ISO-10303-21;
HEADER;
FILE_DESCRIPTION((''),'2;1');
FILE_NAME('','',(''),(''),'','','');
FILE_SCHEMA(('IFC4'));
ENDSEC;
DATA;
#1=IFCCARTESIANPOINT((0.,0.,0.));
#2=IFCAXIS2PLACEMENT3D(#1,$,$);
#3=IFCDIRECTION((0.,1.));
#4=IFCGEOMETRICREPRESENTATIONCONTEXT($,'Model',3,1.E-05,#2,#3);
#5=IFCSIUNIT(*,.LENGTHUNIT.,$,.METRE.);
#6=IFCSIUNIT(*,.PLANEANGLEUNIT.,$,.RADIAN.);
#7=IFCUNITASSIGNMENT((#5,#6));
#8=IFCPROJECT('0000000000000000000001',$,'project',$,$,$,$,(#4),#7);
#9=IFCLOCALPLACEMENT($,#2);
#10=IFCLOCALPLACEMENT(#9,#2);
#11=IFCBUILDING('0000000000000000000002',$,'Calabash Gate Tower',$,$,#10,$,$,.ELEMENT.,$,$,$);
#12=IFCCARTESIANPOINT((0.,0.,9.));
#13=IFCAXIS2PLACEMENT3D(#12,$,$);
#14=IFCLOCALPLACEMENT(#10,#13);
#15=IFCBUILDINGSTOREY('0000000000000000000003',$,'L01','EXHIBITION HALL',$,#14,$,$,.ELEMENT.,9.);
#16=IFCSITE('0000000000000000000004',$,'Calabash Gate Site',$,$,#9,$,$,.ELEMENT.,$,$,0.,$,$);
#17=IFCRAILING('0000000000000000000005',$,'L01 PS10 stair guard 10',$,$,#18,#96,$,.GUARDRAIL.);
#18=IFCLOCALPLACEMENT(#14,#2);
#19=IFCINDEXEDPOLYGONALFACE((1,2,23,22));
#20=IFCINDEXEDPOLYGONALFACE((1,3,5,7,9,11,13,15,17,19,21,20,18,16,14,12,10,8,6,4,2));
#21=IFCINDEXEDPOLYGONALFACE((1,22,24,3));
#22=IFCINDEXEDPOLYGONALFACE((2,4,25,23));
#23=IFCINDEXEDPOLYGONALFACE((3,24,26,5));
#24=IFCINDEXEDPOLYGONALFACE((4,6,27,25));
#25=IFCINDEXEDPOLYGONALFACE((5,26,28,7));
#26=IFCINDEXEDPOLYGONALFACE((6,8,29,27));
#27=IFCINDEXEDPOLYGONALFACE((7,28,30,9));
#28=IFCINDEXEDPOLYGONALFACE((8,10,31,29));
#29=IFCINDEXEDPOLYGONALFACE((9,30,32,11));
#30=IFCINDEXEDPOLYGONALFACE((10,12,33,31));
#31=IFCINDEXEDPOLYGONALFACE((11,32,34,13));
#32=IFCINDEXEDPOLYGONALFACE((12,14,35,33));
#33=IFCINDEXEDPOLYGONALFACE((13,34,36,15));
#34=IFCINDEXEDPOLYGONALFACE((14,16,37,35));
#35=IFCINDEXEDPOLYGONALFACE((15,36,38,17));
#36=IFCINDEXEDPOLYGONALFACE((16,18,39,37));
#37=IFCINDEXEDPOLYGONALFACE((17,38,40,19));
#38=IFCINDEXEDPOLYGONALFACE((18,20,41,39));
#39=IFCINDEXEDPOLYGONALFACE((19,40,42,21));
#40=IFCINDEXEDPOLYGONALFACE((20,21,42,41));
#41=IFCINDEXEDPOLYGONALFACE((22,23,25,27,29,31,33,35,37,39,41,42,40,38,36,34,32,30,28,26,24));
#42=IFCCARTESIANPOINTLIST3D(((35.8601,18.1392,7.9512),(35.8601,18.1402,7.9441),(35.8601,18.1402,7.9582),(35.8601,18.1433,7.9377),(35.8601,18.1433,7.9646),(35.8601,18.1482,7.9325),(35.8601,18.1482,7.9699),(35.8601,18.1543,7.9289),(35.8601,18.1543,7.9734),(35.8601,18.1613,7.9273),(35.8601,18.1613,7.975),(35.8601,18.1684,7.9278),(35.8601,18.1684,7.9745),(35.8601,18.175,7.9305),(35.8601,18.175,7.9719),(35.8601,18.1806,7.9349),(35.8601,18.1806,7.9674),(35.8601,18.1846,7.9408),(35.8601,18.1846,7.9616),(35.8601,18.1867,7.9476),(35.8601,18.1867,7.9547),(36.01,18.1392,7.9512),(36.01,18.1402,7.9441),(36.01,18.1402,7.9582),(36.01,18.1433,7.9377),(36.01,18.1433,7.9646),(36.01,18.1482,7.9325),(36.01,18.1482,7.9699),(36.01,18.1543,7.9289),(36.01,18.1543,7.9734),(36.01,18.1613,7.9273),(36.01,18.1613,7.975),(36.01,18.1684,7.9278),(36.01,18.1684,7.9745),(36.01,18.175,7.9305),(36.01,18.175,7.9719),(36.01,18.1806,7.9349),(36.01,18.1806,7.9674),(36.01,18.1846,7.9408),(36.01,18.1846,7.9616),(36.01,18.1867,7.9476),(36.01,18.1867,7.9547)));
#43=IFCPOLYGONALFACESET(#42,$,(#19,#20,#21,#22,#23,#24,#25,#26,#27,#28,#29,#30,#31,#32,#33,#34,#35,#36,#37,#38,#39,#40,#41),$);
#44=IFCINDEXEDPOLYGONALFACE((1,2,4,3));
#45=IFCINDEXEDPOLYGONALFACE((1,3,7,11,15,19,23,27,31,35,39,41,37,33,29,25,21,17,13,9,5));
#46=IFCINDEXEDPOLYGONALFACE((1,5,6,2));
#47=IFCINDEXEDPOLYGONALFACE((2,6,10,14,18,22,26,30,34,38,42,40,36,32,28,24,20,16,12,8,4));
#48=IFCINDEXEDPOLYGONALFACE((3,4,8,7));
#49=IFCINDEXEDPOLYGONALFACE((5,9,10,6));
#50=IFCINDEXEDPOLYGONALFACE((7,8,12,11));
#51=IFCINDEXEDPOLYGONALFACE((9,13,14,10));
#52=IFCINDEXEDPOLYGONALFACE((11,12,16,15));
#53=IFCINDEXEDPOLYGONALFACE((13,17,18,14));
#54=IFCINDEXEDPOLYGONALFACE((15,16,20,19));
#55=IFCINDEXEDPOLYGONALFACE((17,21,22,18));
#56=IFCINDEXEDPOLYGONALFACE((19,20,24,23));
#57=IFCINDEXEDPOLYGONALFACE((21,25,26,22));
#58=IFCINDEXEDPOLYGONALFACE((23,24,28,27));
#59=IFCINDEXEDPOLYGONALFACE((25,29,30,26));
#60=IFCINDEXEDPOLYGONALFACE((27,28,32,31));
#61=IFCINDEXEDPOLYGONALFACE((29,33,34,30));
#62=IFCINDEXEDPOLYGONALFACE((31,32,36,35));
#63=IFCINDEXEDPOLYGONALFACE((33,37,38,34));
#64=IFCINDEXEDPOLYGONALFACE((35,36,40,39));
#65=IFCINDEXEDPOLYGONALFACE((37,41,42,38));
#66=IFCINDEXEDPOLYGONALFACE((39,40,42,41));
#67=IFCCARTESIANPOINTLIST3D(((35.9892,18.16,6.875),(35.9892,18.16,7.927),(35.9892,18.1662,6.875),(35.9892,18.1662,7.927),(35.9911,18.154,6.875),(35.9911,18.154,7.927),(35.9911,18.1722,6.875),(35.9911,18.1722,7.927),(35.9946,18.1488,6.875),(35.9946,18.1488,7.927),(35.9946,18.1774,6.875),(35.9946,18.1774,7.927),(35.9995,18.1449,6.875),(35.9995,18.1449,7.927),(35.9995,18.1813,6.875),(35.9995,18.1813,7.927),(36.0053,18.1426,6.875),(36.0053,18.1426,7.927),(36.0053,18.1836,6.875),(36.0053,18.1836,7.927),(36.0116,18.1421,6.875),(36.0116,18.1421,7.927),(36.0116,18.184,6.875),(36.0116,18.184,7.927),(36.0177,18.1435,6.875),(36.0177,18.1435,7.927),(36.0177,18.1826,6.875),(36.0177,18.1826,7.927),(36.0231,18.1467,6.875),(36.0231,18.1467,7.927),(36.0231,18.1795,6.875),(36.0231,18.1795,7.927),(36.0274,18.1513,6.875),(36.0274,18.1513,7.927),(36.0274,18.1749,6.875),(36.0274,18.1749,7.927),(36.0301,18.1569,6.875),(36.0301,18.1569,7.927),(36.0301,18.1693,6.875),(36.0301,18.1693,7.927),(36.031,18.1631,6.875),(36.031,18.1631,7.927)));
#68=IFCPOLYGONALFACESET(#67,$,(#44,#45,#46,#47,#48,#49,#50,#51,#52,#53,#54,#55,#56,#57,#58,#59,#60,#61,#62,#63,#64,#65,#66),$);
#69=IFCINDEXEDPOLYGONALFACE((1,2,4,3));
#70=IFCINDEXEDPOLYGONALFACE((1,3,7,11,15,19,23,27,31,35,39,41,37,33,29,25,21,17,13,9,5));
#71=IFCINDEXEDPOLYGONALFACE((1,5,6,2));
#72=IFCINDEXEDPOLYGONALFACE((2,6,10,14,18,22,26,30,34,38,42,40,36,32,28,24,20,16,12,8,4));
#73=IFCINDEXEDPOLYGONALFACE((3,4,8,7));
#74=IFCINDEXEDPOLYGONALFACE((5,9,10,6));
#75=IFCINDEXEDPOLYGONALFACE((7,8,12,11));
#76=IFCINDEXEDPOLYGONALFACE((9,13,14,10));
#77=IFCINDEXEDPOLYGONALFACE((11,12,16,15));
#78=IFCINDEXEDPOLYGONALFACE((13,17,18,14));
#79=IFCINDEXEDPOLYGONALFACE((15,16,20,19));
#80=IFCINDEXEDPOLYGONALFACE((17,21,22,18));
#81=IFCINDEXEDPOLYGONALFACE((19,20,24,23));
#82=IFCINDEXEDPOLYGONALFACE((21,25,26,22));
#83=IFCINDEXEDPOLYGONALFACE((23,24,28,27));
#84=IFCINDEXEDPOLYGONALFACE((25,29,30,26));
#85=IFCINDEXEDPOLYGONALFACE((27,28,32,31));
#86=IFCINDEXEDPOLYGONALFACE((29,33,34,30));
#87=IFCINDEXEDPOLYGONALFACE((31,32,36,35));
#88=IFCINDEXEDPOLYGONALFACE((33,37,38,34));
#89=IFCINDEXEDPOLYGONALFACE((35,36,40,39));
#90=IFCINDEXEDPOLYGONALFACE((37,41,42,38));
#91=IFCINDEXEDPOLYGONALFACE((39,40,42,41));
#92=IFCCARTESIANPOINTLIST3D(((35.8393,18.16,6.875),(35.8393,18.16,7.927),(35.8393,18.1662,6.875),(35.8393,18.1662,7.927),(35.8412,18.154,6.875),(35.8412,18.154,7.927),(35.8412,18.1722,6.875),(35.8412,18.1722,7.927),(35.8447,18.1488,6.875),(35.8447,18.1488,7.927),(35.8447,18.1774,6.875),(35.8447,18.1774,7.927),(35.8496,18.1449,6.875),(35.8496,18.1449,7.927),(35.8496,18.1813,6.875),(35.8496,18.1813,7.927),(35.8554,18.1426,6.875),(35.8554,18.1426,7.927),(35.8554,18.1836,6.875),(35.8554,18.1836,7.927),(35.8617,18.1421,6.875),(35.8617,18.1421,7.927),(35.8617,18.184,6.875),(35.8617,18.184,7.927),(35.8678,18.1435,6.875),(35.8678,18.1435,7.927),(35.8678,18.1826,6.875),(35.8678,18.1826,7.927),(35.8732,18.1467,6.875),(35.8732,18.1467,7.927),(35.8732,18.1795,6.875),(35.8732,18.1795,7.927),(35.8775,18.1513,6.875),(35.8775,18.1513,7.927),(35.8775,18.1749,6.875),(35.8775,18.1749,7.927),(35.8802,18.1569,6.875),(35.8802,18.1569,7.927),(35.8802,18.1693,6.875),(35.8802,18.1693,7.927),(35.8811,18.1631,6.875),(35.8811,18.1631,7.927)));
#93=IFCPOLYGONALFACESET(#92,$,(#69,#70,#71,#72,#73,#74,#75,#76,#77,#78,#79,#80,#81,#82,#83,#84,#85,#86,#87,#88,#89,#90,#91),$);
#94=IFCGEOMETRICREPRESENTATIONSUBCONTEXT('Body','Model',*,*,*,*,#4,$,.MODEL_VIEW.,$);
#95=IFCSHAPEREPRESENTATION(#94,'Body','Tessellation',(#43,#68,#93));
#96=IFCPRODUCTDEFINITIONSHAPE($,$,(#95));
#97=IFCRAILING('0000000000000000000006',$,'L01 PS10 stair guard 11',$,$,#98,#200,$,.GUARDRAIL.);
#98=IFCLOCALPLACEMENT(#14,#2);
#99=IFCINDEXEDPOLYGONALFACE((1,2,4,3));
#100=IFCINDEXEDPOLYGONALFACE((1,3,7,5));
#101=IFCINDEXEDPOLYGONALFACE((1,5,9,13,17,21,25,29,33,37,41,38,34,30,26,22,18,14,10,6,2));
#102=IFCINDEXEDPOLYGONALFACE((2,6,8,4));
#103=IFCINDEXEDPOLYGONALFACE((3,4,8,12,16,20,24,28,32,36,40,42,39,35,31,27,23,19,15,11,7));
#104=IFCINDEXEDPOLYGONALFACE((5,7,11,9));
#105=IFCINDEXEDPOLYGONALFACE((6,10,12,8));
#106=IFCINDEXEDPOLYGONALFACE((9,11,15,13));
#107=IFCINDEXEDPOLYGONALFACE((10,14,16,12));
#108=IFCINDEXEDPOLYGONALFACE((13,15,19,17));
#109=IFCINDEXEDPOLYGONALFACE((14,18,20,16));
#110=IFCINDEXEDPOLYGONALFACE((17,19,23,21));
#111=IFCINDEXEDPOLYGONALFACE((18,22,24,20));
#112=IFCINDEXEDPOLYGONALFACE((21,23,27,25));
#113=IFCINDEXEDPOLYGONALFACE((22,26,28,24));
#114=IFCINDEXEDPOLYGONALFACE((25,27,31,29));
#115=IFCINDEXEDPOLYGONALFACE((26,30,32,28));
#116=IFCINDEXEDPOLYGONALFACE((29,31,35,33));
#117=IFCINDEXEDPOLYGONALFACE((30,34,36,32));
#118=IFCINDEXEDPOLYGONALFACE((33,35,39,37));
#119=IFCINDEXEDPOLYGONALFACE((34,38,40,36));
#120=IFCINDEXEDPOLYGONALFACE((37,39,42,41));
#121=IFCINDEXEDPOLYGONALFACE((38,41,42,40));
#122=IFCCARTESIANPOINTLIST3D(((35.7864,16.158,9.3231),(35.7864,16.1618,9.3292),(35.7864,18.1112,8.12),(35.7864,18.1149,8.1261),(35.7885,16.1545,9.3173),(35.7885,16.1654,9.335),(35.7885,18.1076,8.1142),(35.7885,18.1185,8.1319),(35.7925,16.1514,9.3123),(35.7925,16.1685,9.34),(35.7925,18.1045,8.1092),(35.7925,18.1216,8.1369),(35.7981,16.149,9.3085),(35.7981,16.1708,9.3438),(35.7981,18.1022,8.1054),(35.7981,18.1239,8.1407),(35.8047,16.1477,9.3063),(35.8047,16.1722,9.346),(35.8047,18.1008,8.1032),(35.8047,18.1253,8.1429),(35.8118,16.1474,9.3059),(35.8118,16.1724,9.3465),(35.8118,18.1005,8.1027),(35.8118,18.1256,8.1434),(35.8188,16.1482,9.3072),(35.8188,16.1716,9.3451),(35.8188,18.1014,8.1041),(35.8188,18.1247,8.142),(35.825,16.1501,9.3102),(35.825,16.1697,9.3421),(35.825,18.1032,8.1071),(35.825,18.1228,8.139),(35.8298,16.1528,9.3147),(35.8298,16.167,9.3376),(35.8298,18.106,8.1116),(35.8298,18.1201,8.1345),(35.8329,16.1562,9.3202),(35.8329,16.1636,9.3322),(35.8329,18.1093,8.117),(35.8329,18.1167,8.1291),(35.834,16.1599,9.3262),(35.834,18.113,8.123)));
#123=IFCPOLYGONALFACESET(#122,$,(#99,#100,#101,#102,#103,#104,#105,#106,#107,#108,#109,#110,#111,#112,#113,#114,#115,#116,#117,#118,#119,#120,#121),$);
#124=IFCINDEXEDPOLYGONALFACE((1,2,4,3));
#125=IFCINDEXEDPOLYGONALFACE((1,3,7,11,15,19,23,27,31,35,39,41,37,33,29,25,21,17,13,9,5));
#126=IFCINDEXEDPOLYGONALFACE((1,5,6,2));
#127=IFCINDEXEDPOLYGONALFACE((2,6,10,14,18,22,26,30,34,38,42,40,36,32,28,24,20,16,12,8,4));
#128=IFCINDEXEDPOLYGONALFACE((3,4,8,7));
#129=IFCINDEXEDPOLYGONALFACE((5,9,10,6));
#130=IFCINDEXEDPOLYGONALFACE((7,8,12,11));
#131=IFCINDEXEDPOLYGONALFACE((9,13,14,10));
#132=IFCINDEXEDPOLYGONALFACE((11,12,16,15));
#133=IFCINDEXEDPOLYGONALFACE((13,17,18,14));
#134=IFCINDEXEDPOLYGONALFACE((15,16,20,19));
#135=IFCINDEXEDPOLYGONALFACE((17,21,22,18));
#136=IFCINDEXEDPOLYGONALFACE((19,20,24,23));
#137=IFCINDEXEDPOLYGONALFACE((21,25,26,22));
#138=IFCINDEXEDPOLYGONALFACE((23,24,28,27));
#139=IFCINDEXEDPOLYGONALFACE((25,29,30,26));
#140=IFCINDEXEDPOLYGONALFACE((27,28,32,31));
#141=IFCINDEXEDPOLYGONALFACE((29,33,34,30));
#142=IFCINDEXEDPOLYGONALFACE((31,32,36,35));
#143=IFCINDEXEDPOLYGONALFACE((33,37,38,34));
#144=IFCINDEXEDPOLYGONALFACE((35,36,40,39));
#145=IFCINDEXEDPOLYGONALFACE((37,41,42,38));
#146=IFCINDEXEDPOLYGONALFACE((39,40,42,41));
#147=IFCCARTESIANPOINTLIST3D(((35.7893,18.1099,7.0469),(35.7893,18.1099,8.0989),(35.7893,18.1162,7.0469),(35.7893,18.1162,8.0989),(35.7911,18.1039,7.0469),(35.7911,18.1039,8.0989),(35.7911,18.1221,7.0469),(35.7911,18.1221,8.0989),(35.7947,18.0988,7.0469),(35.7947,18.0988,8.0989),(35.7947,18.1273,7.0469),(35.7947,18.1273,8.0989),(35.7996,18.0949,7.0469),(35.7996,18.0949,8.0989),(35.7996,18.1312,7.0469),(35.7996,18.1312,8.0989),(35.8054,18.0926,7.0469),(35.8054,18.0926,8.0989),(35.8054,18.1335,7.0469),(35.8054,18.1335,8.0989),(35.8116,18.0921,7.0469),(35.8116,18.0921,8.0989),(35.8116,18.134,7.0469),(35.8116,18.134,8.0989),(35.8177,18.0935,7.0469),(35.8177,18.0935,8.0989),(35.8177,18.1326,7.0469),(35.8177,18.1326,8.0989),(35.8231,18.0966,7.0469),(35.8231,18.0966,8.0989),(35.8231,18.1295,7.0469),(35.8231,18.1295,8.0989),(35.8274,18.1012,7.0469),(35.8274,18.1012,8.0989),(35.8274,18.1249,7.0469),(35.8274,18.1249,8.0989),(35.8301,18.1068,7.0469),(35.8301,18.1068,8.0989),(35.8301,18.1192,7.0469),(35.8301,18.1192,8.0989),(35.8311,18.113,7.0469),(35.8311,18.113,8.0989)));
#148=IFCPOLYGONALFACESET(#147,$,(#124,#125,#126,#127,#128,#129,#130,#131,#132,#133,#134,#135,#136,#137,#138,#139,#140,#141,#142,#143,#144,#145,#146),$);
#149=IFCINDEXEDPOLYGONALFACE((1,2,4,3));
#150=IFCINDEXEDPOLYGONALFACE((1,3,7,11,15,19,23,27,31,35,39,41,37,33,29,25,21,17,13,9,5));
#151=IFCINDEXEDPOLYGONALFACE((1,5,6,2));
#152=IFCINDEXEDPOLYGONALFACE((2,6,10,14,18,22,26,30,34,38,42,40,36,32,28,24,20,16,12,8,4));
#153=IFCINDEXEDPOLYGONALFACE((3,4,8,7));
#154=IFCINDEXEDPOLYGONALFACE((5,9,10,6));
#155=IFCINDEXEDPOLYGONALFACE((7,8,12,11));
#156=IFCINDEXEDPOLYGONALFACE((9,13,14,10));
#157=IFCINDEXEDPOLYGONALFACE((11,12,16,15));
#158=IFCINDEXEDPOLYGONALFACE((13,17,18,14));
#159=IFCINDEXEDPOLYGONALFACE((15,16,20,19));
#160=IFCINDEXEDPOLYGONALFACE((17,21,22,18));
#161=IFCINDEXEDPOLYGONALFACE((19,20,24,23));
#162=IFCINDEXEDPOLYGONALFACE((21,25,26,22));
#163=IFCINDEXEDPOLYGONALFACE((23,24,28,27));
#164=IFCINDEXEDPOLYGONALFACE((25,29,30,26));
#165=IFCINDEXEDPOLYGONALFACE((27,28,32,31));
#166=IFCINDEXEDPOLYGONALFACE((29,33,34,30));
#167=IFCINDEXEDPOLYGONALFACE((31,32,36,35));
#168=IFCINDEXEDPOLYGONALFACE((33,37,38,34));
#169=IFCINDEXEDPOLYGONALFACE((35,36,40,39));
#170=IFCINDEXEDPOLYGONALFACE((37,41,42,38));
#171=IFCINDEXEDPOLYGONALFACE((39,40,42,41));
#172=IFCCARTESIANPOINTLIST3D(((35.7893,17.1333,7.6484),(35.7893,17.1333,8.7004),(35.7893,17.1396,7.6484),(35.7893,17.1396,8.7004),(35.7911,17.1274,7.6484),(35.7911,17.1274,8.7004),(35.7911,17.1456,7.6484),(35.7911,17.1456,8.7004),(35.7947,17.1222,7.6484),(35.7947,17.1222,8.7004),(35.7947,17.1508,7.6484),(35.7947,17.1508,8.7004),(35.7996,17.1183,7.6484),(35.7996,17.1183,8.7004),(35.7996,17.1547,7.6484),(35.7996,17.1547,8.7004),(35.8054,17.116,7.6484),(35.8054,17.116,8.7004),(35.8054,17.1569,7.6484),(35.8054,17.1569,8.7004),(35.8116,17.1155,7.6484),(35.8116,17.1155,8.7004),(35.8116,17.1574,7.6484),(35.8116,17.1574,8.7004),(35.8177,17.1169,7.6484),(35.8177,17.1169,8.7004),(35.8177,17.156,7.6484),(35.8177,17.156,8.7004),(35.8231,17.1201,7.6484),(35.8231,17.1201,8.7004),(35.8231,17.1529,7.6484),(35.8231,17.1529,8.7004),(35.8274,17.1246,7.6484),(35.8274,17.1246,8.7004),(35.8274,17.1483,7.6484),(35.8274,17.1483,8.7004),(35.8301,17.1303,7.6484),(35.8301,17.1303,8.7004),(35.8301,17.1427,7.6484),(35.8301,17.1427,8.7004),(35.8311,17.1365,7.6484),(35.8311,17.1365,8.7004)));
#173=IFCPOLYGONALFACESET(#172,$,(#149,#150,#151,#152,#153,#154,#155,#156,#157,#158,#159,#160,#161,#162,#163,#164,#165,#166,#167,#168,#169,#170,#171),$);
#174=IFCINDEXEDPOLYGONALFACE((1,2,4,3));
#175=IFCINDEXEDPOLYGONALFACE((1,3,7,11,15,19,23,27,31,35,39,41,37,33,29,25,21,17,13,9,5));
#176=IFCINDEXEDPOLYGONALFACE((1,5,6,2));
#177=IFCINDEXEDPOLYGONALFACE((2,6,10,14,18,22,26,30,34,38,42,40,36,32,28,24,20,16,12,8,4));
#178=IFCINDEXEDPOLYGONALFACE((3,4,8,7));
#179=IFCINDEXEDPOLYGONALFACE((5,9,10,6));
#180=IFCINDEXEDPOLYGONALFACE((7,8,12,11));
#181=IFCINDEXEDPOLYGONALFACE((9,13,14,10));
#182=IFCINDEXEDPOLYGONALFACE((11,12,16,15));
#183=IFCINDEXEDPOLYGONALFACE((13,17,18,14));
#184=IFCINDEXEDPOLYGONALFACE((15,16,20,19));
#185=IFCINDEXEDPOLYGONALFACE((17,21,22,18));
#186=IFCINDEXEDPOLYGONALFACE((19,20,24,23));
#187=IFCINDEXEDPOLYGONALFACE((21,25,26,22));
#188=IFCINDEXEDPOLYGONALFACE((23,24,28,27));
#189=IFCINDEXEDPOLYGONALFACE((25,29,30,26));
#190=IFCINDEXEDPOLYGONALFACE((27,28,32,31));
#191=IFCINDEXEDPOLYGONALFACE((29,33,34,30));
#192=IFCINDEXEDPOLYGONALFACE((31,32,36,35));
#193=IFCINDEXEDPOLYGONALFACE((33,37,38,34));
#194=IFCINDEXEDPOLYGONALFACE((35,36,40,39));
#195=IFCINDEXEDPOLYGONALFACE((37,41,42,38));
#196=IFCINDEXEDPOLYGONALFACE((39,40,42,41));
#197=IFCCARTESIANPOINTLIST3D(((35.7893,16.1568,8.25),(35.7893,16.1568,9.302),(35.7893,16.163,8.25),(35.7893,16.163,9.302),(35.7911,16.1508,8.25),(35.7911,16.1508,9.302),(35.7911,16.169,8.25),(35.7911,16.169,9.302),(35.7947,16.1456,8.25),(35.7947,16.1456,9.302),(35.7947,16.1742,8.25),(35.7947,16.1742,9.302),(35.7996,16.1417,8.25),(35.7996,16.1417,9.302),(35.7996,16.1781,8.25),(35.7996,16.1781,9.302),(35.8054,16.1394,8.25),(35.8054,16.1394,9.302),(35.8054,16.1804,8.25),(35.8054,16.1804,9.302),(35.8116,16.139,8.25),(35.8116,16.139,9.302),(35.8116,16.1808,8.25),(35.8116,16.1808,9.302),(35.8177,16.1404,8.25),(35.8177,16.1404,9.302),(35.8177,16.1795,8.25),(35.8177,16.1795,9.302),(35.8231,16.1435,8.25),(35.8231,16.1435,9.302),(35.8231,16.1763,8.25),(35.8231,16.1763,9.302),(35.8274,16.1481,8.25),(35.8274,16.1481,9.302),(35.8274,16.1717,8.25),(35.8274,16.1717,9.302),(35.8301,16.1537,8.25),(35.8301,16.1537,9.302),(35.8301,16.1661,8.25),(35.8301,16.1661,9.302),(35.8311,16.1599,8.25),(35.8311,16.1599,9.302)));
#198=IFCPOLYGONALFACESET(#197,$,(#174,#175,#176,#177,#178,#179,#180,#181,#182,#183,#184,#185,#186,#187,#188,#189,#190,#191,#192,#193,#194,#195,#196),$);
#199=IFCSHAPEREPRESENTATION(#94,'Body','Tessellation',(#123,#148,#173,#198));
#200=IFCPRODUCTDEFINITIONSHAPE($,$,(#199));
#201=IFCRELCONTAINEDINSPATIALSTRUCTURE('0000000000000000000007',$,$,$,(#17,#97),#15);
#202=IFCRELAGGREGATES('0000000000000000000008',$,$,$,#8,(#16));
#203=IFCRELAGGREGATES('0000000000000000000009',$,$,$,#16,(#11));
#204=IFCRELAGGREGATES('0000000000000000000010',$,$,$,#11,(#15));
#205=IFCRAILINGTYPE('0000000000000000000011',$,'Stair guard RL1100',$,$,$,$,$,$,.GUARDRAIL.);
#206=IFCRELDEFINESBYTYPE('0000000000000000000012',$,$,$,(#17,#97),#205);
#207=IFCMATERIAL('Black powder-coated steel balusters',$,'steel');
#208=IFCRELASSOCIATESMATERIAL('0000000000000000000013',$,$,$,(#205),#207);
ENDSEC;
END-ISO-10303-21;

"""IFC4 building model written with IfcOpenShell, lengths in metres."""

from ifc_helpers import new_model, si_unit, direction, frame, origin, origin_2d, place, context, subcontext, project, spatial, circle, extrude, material, type_object, element, save


model = new_model("IFC4")

# Units and contexts
model_context = context("Model", 3, precision=1e-05, world=origin(), true_north=direction((0.0, 1.0)))
body_context = subcontext(model_context, "Body", "Model", "MODEL_VIEW")
ifc_project = project(units=[si_unit("LENGTHUNIT", "METRE"), si_unit("PLANEANGLEUNIT", "RADIAN")], contexts=[model_context])

# Site, building, storey
site_placement = place(None, origin())
site = spatial("IfcSite", under=ifc_project, at=site_placement, Name="Calabash Gate Site", CompositionType="ELEMENT", RefElevation=0.0)
building_placement = place(site_placement, origin())
building = spatial("IfcBuilding", under=site, at=building_placement, Name="Calabash Gate Tower", CompositionType="ELEMENT")
storey_placement = place(building_placement, frame((0.0, 0.0, 9.0)))
storey = spatial("IfcBuildingStorey", under=building, at=storey_placement, Name="L01", Description="EXHIBITION HALL", CompositionType="ELEMENT", Elevation=9.0)

# Railings
ifc_material_1 = material(Name="Black powder-coated steel balusters", Category="steel")
railing_type_1 = type_object("IfcRailingType", Name="Stair guard RL1100", PredefinedType="GUARDRAIL", material=ifc_material_1)
for number, where, name in (
    (1, (36.01, 18.1631, 6.875), "L01 PS10 stair guard 10"),
):
    element("IfcRailing", number, at=place(storey_placement, frame(where)), inside=storey, type_object=railing_type_1, Name=name, PredefinedType="GUARDRAIL", context=body_context, shape_type="SweptSolid", body=[
        extrude(circle(Radius=0.0239, at=origin_2d()), frame((0.0, 0.0, 1.0762), z_axis=(-1.0, 0.0, 0.0), x_axis=(0.0, -1.0, 0.0)), (0.0, 0.0, 1.0), 0.1499),
        extrude(circle(Radius=0.021, at=origin_2d()), origin(), (0.0, 0.0, 1.0), 1.052),
        extrude(circle(Radius=0.021, at=origin_2d()), frame((-0.1499, 0.0, 0.0)), (0.0, 0.0, 1.0), 1.052),
    ])
railing_1_placement = place(storey_placement, frame((35.8101, 18.113, 7.0469)))
element("IfcRailing", 2, at=railing_1_placement, inside=storey, type_object=railing_type_1, Name="L01 PS10 stair guard 11", PredefinedType="GUARDRAIL", context=body_context, shape_type="SweptSolid", body=[
    extrude(circle(Radius=0.0239, at=origin_2d()), frame((0.0, 0.0, 1.0762), z_axis=(0.0, -0.851424, 0.524477), x_axis=(1.0, 0.0, 0.0)), (0.0, 0.0, 1.0), 2.2939),
    extrude(circle(Radius=0.021, at=origin_2d()), origin(), (0.0, 0.0, 1.0), 1.052),
    extrude(circle(Radius=0.021, at=origin_2d()), frame((0.0, -0.9766, 0.6016)), (0.0, 0.0, 1.0), 1.052),
    extrude(circle(Radius=0.021, at=origin_2d()), frame((0.0, -1.9531, 1.2031)), (0.0, 0.0, 1.0), 1.052),
])

save(model, "model.ifc")
